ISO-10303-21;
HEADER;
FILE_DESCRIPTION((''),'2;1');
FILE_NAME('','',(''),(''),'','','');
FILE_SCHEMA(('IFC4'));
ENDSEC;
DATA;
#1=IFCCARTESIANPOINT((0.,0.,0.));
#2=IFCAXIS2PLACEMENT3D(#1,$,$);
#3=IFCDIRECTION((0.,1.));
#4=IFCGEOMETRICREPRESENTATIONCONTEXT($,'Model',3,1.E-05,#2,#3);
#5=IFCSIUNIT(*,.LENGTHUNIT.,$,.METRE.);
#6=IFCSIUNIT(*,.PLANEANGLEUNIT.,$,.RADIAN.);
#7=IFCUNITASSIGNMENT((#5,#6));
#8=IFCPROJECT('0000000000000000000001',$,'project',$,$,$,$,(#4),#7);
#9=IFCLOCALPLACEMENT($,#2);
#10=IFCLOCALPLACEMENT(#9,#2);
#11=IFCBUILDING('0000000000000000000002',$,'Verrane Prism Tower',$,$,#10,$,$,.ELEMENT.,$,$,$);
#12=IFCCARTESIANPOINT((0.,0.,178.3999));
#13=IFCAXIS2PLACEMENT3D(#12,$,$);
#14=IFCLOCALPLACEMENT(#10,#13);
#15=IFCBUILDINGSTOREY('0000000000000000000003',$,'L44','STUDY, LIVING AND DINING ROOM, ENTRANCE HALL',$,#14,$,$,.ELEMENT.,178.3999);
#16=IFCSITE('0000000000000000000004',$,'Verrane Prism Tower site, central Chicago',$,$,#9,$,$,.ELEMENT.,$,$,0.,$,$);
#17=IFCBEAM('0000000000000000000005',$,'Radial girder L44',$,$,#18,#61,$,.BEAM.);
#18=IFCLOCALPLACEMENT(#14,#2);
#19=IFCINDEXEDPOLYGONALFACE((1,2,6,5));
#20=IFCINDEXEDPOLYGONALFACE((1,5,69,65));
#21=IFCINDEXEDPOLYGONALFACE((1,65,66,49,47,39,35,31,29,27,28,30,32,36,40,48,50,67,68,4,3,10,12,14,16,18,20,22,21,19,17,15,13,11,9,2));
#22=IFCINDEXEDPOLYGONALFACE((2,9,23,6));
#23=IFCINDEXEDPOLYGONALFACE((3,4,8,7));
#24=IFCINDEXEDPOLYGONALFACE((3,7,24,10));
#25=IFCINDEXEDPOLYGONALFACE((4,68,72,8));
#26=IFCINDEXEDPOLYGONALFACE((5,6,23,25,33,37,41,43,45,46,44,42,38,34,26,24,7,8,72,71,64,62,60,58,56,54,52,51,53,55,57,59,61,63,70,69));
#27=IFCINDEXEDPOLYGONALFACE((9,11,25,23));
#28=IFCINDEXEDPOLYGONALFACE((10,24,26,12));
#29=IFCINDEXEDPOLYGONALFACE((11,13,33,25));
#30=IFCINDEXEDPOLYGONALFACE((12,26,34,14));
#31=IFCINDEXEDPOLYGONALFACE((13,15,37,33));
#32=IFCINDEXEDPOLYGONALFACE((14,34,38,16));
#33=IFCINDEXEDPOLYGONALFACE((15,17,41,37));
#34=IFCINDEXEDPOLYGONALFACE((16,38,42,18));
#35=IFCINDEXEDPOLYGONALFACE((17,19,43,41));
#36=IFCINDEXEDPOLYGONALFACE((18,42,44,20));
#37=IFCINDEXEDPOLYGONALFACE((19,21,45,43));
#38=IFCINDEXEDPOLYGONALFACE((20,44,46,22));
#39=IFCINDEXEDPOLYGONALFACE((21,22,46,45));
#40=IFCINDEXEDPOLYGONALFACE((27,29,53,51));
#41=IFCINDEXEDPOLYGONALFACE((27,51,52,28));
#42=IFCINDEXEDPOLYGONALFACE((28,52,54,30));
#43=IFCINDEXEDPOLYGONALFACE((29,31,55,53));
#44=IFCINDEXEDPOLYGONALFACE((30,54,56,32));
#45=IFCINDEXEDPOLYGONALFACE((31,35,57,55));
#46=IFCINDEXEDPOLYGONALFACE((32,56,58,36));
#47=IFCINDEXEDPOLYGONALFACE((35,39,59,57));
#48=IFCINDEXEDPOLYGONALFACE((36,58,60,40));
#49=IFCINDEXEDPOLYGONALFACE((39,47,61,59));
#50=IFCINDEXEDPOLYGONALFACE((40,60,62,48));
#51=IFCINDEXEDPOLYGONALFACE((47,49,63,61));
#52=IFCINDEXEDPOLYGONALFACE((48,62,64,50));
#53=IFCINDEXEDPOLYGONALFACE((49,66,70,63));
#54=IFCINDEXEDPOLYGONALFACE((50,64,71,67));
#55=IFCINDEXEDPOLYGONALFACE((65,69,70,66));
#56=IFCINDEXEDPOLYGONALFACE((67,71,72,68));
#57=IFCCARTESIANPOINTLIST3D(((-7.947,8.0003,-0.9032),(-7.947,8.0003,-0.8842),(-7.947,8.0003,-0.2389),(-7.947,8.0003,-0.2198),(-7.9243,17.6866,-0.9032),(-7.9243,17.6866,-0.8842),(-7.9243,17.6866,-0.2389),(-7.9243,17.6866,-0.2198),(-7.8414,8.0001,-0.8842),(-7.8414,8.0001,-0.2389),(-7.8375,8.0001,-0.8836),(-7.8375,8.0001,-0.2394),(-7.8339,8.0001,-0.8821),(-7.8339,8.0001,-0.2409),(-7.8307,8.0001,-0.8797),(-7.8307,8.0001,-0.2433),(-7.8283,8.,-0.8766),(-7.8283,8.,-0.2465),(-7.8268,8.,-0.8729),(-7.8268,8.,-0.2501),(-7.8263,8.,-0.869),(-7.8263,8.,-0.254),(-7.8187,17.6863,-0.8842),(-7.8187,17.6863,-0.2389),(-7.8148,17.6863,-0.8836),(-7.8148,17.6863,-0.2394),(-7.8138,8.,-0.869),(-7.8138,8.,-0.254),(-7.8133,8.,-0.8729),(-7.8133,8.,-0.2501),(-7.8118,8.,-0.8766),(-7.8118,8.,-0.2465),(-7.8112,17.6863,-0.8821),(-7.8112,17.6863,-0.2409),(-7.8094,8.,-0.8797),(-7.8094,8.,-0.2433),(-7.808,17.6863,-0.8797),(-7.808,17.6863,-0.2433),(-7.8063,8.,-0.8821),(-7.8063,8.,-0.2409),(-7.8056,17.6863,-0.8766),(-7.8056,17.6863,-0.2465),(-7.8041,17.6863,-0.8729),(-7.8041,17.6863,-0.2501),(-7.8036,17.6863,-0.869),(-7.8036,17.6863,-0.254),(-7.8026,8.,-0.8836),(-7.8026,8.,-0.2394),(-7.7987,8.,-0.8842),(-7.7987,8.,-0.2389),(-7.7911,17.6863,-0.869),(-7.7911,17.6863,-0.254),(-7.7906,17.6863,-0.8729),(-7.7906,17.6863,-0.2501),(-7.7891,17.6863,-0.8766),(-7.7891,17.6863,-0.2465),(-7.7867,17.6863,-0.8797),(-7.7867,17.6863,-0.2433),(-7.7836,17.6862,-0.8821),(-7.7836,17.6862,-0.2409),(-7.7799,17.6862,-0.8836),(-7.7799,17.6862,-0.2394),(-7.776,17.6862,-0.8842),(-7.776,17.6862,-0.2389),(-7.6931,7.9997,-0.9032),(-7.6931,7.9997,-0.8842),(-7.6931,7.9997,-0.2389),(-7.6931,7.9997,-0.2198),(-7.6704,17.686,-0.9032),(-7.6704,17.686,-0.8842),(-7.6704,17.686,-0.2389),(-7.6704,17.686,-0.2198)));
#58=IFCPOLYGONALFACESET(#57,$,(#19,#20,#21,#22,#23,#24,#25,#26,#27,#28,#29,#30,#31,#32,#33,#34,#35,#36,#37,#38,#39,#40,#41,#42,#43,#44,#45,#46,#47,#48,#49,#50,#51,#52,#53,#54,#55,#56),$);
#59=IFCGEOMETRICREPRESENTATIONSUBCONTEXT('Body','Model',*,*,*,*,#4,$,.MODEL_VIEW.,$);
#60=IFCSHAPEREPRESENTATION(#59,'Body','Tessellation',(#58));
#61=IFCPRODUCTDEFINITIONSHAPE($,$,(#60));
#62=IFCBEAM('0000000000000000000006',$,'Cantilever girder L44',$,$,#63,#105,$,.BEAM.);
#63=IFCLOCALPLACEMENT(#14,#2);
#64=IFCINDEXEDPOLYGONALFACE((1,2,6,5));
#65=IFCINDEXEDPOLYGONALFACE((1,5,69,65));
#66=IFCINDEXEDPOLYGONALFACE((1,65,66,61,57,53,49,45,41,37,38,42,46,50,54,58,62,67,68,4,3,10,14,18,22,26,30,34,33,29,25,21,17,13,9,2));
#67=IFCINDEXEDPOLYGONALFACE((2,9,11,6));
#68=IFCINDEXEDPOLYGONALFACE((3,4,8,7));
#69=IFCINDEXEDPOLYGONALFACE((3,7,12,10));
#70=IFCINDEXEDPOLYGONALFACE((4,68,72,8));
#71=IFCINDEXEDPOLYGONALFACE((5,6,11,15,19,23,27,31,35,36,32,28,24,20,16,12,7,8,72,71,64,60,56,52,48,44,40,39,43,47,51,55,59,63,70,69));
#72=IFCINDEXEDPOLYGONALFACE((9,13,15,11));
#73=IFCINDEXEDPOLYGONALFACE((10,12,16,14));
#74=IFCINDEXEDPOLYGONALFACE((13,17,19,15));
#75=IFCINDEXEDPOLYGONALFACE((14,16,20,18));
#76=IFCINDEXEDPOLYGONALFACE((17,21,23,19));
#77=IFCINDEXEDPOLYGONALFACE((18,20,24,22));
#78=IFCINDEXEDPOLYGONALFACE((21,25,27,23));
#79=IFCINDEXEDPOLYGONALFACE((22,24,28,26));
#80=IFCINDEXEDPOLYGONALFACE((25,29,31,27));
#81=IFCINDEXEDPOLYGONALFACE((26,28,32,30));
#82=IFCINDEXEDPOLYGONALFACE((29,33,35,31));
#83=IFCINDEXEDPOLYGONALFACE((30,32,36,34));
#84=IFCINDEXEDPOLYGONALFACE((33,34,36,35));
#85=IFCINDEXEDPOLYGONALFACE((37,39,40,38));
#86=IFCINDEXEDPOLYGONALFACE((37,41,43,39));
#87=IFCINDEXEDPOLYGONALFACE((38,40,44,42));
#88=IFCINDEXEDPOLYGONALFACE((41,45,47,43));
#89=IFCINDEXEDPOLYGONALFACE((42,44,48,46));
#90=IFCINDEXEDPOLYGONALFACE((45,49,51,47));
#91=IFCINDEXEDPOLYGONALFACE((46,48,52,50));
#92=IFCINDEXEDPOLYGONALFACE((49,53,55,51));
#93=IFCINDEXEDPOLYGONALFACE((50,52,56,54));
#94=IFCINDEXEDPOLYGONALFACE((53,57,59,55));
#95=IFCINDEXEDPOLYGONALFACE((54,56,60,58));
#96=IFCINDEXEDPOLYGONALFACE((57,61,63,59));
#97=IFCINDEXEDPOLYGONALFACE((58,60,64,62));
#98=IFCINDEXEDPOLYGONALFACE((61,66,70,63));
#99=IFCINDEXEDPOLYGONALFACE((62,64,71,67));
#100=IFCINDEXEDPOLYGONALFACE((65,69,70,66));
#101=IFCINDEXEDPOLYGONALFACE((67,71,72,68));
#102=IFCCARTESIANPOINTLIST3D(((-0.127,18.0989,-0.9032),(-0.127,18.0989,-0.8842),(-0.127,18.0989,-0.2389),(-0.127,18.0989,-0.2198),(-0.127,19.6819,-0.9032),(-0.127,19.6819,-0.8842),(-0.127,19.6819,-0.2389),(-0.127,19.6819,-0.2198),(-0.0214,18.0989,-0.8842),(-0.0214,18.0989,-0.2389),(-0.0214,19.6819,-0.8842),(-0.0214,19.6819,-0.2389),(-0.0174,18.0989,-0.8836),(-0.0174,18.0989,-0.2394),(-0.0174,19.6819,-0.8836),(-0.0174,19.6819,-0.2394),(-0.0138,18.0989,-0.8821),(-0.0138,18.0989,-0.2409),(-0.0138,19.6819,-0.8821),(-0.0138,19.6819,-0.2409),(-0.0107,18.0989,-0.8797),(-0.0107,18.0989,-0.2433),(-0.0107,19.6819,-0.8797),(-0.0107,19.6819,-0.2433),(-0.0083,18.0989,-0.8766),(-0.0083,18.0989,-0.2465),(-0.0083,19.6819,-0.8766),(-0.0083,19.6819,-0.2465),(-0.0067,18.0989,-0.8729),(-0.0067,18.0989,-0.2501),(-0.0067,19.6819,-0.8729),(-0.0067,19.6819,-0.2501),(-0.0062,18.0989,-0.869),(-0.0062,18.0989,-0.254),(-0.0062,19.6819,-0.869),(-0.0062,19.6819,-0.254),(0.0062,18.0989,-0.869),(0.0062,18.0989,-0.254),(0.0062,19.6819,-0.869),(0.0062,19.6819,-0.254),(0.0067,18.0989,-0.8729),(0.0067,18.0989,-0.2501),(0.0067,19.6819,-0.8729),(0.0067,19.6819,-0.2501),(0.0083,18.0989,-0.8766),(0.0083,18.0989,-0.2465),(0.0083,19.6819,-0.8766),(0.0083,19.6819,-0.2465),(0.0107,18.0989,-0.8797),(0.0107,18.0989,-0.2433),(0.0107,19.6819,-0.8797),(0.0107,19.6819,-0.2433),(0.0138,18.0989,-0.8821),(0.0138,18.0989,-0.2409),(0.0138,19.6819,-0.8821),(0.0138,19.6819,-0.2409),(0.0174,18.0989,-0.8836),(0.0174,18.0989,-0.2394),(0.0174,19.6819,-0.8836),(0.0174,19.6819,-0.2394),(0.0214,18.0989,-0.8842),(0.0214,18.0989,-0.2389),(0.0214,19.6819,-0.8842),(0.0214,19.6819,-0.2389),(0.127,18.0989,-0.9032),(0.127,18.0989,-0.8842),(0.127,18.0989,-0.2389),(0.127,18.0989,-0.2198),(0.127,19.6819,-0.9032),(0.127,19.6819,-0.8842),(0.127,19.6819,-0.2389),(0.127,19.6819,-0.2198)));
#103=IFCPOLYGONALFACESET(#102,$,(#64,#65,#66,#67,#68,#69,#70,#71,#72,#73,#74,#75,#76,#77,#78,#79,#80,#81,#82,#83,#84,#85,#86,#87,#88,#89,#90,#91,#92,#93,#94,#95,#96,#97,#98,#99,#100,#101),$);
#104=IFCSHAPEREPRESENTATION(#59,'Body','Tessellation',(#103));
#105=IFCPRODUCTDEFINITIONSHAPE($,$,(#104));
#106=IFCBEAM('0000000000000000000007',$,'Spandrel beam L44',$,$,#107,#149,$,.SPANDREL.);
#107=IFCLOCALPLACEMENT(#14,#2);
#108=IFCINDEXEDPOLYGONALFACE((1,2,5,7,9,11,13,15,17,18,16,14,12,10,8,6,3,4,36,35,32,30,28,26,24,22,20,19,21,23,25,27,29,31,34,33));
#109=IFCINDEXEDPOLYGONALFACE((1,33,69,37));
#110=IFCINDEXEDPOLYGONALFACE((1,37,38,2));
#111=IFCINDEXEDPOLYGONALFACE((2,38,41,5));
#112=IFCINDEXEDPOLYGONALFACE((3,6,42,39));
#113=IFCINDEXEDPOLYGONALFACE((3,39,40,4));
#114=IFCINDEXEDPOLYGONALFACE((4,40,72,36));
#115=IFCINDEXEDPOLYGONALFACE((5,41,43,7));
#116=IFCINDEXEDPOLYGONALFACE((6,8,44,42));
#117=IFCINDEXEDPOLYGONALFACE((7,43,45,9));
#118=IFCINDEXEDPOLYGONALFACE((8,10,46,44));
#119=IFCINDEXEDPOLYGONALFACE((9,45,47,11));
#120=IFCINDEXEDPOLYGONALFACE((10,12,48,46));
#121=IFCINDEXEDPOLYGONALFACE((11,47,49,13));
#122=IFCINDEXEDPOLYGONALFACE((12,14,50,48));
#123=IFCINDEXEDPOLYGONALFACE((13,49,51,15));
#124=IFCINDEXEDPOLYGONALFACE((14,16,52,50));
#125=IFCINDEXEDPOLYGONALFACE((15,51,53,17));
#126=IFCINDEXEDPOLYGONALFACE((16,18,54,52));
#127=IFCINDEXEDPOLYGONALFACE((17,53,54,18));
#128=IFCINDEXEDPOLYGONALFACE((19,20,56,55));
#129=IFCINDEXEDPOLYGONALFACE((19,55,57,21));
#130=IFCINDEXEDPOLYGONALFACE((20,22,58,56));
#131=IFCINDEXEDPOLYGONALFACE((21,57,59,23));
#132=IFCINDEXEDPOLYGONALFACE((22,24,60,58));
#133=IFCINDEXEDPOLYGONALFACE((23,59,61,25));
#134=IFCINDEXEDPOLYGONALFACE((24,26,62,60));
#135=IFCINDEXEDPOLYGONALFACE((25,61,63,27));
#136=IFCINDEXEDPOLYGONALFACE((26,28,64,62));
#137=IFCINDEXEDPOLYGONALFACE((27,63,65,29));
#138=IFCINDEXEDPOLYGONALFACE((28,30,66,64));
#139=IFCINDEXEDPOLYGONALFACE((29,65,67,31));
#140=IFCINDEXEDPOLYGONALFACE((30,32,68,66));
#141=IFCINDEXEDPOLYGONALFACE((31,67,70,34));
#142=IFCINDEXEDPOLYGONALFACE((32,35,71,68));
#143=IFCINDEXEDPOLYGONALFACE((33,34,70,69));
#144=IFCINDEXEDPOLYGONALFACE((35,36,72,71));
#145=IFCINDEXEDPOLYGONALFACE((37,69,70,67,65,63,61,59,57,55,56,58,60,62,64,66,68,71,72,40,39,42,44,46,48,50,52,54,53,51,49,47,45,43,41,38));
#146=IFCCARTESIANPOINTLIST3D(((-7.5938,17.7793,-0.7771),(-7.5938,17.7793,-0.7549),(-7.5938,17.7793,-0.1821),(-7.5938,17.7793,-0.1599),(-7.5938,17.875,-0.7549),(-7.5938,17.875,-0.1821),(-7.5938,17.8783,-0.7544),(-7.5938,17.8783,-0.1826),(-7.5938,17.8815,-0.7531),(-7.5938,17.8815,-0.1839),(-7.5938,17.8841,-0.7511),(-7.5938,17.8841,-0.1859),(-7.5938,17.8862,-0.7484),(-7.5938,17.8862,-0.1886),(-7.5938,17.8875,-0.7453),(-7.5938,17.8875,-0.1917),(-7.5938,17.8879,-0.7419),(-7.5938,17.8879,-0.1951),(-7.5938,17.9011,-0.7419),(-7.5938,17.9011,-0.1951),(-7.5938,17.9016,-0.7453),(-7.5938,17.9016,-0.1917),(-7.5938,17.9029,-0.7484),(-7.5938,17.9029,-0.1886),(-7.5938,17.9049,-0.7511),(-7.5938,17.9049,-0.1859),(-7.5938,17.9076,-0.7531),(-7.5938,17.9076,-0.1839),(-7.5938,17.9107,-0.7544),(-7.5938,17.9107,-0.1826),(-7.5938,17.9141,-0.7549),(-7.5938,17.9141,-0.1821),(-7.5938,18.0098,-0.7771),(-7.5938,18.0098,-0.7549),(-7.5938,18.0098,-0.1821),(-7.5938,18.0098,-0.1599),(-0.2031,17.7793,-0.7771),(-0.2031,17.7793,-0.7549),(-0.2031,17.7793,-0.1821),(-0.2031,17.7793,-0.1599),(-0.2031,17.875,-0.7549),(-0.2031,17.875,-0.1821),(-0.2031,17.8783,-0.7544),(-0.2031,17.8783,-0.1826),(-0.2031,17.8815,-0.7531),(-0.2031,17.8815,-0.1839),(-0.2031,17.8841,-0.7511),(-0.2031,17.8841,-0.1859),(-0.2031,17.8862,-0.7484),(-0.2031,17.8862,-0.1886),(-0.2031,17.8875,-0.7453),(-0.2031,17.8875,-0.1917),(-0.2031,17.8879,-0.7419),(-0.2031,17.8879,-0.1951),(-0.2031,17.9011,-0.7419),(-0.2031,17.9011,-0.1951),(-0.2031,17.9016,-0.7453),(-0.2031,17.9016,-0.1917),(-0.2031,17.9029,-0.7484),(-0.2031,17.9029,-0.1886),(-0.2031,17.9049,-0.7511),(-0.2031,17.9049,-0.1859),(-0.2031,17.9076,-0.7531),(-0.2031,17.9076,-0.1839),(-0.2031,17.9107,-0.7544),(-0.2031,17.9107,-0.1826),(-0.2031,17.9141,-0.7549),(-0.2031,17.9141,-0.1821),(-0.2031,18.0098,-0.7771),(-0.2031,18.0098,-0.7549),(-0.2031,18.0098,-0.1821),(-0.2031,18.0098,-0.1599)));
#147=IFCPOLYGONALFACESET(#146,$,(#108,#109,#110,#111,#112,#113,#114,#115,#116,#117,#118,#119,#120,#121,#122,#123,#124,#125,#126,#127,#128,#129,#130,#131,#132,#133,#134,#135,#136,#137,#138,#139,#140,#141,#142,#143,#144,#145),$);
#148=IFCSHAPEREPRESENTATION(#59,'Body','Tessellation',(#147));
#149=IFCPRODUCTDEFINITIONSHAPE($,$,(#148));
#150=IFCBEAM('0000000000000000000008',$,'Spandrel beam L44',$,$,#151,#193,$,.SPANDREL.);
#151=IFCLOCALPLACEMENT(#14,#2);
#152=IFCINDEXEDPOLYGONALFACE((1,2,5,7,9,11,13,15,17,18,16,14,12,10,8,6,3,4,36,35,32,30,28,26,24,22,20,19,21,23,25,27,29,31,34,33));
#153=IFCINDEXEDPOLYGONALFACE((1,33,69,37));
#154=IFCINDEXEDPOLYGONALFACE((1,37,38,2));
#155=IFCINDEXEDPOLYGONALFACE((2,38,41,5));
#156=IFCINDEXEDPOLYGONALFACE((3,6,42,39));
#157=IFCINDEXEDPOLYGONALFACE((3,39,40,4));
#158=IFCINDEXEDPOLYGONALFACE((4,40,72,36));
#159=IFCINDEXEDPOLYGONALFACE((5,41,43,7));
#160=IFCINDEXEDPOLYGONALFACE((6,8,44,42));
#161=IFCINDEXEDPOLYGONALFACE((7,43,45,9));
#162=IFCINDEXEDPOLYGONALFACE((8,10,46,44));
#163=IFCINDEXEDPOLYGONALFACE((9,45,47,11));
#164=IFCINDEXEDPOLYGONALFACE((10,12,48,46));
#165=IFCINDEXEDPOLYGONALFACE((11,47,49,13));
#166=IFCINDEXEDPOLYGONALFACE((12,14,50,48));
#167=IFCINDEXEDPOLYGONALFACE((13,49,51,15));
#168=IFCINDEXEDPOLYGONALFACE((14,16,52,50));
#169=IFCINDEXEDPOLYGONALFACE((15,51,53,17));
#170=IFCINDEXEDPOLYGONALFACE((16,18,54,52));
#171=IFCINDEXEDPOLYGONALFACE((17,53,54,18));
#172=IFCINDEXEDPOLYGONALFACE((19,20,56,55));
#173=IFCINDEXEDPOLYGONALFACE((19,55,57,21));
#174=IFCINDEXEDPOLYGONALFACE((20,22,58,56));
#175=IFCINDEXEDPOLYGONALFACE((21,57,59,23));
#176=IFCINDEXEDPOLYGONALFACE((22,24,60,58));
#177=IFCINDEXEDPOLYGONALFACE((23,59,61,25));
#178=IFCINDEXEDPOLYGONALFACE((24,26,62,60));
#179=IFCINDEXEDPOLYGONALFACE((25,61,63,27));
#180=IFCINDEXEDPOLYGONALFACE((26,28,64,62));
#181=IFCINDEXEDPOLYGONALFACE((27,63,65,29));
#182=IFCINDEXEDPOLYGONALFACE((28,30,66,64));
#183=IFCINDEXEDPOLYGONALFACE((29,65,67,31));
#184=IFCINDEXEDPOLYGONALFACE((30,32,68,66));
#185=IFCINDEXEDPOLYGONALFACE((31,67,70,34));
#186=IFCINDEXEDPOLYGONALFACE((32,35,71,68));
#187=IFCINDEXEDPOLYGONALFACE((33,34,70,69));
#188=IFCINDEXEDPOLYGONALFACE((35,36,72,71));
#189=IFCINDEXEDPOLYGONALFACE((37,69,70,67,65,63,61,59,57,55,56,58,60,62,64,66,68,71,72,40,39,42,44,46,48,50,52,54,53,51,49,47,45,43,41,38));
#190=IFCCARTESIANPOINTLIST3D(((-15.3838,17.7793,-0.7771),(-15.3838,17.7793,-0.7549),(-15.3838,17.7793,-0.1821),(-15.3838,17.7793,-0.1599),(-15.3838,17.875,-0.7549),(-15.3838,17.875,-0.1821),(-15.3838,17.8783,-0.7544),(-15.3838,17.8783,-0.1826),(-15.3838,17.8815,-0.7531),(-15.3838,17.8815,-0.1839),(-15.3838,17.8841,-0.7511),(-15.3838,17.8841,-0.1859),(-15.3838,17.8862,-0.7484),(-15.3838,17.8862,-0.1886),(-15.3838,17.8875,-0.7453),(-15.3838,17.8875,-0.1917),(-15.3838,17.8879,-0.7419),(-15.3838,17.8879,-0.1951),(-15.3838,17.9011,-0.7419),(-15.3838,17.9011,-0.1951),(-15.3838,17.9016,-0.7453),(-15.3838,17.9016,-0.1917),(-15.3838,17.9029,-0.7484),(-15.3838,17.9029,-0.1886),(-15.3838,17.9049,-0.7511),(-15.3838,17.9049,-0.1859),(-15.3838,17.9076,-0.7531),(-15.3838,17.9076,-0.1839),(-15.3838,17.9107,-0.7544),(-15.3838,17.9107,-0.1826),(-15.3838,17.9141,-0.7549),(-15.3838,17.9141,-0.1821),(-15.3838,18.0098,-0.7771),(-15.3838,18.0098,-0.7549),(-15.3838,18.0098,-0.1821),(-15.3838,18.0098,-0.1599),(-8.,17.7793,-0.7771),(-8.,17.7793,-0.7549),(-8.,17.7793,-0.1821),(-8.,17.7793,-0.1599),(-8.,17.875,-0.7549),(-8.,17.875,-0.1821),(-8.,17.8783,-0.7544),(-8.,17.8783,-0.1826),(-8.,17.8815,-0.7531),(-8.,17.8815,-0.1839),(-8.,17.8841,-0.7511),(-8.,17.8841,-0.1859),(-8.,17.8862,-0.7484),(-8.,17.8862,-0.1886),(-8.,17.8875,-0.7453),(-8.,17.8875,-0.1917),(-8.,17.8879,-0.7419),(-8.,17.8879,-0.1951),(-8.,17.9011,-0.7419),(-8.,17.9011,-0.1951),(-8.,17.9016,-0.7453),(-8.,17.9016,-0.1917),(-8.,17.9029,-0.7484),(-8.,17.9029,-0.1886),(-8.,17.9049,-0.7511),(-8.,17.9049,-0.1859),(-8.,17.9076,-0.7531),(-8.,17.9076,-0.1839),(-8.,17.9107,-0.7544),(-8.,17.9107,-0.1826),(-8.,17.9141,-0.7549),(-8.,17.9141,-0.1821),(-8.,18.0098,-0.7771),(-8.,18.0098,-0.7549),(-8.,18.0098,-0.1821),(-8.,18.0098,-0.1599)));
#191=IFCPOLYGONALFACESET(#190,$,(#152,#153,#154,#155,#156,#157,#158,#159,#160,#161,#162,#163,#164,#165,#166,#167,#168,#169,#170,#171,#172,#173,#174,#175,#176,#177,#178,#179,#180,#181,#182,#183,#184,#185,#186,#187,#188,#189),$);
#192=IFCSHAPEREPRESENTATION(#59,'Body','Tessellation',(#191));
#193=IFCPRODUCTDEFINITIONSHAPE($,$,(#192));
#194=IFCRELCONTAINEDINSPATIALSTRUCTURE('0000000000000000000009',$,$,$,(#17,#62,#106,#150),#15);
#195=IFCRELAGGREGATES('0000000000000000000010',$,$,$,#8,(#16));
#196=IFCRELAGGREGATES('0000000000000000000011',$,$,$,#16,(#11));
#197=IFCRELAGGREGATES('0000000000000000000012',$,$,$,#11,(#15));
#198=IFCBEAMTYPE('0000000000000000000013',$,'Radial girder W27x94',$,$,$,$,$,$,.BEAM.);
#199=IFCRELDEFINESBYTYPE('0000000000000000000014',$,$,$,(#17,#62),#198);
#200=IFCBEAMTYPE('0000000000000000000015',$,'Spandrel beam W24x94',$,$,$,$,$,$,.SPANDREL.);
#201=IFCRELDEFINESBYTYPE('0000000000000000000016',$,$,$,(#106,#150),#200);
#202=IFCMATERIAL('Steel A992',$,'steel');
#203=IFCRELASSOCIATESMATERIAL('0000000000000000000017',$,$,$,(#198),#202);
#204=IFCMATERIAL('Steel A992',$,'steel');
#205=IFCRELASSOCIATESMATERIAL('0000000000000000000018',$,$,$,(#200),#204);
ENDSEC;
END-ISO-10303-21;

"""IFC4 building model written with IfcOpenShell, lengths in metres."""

from ifc_helpers import new_model, si_unit, direction, frame, origin, origin_2d, place, context, subcontext, project, spatial, i_section, extrude, material, material_profile, profile_set, type_object, element, save


model = new_model("IFC4")

# Units and contexts
model_context = context("Model", 3, precision=1e-05, world=origin(), true_north=direction((0.0, 1.0)))
body_context = subcontext(model_context, "Body", "Model", "MODEL_VIEW")
ifc_project = project(units=[si_unit("LENGTHUNIT", "METRE"), si_unit("PLANEANGLEUNIT", "RADIAN")], contexts=[model_context])

# Site, building, storey
site_placement = place(None, origin())
site = spatial("IfcSite", under=ifc_project, at=site_placement, Name="Verrane Prism Tower site, central Chicago", CompositionType="ELEMENT", RefElevation=0.0)
building_placement = place(site_placement, origin())
building = spatial("IfcBuilding", under=site, at=building_placement, Name="Verrane Prism Tower", CompositionType="ELEMENT")
storey_placement = place(building_placement, frame((0.0, 0.0, 178.3999)))
storey = spatial("IfcBuildingStorey", under=building, at=storey_placement, Name="L44", Description="STUDY, LIVING AND DINING ROOM, ENTRANCE HALL", CompositionType="ELEMENT", Elevation=178.3999)

# Beams
ifc_material_1 = material(Name="Steel A992", Category="steel")
ifc_material_profile_1 = material_profile(ifc_material_1, i_section(OverallWidth=0.2539, OverallDepth=0.6833, WebThickness=0.0125, FlangeThickness=0.019, FilletRadius=0.0151, at=origin_2d()), Name="W27x94")
ifc_profile_set_1 = profile_set([ifc_material_profile_1], Name="Steel A992")
beam_type_1 = type_object("IfcBeamType", Name="Radial girder W27x94", PredefinedType="BEAM", material=ifc_profile_set_1)
for number, where, z_axis, x_axis, name in (
    (1, (-7.7974, 17.6863, -0.5615), (-0.002344, -0.999997, 0.0), (0.999997, -0.002344, 0.0), "Radial girder L44"),
):
    element("IfcBeam", number, at=place(storey_placement, frame(where, z_axis=z_axis, x_axis=x_axis)), inside=storey, type_object=beam_type_1, Name=name, PredefinedType="BEAM", context=body_context, shape_type="SweptSolid", body=[
        extrude(i_section(OverallWidth=0.2539, OverallDepth=0.6833, WebThickness=0.0125, FlangeThickness=0.019, FilletRadius=0.0151, at=origin_2d()), origin(), (0.0, 0.0, 1.0), 9.6863),
    ])
beam_1_placement = place(storey_placement, frame((0.0, 18.0989, -0.5615), z_axis=(0.0, 1.0, 0.0), x_axis=(-1.0, 0.0, 0.0)))
element("IfcBeam", 2, at=beam_1_placement, inside=storey, type_object=beam_type_1, Name="Cantilever girder L44", PredefinedType="BEAM", context=body_context, shape_type="SweptSolid", body=[
    extrude(i_section(OverallWidth=0.2539, OverallDepth=0.6833, WebThickness=0.0125, FlangeThickness=0.019, FilletRadius=0.0151, at=origin_2d()), origin(), (0.0, 0.0, 1.0), 1.583),
])
ifc_material_2 = material(Name="Steel A992", Category="steel")
ifc_material_profile_2 = material_profile(ifc_material_2, i_section(OverallWidth=0.2305, OverallDepth=0.6172, WebThickness=0.0132, FlangeThickness=0.0222, FilletRadius=0.0129, at=origin_2d()), Name="W24x94")
ifc_profile_set_2 = profile_set([ifc_material_profile_2], Name="Steel A992")
beam_type_2 = type_object("IfcBeamType", Name="Spandrel beam W24x94", PredefinedType="SPANDREL", material=ifc_profile_set_2)
beam_2_placement = place(storey_placement, frame((-0.2031, 17.8945, -0.4685), z_axis=(-1.0, 0.0, 0.0), x_axis=(0.0, -1.0, 0.0)))
element("IfcBeam", 3, at=beam_2_placement, inside=storey, type_object=beam_type_2, Name="Spandrel beam L44", PredefinedType="SPANDREL", context=body_context, shape_type="SweptSolid", body=[
    extrude(i_section(OverallWidth=0.2305, OverallDepth=0.6172, WebThickness=0.0132, FlangeThickness=0.0222, FilletRadius=0.0129, at=origin_2d()), origin(), (0.0, 0.0, 1.0), 7.3906),
])
beam_3_placement = place(storey_placement, frame((-8.0, 17.8945, -0.4685), z_axis=(-1.0, 0.0, 0.0), x_axis=(0.0, -1.0, 0.0)))
element("IfcBeam", 4, at=beam_3_placement, inside=storey, type_object=beam_type_2, Name="Spandrel beam L44", PredefinedType="SPANDREL", context=body_context, shape_type="SweptSolid", body=[
    extrude(i_section(OverallWidth=0.2305, OverallDepth=0.6172, WebThickness=0.0132, FlangeThickness=0.0222, FilletRadius=0.0129, at=origin_2d()), origin(), (0.0, 0.0, 1.0), 7.3838),
])

save(model, "model.ifc")
